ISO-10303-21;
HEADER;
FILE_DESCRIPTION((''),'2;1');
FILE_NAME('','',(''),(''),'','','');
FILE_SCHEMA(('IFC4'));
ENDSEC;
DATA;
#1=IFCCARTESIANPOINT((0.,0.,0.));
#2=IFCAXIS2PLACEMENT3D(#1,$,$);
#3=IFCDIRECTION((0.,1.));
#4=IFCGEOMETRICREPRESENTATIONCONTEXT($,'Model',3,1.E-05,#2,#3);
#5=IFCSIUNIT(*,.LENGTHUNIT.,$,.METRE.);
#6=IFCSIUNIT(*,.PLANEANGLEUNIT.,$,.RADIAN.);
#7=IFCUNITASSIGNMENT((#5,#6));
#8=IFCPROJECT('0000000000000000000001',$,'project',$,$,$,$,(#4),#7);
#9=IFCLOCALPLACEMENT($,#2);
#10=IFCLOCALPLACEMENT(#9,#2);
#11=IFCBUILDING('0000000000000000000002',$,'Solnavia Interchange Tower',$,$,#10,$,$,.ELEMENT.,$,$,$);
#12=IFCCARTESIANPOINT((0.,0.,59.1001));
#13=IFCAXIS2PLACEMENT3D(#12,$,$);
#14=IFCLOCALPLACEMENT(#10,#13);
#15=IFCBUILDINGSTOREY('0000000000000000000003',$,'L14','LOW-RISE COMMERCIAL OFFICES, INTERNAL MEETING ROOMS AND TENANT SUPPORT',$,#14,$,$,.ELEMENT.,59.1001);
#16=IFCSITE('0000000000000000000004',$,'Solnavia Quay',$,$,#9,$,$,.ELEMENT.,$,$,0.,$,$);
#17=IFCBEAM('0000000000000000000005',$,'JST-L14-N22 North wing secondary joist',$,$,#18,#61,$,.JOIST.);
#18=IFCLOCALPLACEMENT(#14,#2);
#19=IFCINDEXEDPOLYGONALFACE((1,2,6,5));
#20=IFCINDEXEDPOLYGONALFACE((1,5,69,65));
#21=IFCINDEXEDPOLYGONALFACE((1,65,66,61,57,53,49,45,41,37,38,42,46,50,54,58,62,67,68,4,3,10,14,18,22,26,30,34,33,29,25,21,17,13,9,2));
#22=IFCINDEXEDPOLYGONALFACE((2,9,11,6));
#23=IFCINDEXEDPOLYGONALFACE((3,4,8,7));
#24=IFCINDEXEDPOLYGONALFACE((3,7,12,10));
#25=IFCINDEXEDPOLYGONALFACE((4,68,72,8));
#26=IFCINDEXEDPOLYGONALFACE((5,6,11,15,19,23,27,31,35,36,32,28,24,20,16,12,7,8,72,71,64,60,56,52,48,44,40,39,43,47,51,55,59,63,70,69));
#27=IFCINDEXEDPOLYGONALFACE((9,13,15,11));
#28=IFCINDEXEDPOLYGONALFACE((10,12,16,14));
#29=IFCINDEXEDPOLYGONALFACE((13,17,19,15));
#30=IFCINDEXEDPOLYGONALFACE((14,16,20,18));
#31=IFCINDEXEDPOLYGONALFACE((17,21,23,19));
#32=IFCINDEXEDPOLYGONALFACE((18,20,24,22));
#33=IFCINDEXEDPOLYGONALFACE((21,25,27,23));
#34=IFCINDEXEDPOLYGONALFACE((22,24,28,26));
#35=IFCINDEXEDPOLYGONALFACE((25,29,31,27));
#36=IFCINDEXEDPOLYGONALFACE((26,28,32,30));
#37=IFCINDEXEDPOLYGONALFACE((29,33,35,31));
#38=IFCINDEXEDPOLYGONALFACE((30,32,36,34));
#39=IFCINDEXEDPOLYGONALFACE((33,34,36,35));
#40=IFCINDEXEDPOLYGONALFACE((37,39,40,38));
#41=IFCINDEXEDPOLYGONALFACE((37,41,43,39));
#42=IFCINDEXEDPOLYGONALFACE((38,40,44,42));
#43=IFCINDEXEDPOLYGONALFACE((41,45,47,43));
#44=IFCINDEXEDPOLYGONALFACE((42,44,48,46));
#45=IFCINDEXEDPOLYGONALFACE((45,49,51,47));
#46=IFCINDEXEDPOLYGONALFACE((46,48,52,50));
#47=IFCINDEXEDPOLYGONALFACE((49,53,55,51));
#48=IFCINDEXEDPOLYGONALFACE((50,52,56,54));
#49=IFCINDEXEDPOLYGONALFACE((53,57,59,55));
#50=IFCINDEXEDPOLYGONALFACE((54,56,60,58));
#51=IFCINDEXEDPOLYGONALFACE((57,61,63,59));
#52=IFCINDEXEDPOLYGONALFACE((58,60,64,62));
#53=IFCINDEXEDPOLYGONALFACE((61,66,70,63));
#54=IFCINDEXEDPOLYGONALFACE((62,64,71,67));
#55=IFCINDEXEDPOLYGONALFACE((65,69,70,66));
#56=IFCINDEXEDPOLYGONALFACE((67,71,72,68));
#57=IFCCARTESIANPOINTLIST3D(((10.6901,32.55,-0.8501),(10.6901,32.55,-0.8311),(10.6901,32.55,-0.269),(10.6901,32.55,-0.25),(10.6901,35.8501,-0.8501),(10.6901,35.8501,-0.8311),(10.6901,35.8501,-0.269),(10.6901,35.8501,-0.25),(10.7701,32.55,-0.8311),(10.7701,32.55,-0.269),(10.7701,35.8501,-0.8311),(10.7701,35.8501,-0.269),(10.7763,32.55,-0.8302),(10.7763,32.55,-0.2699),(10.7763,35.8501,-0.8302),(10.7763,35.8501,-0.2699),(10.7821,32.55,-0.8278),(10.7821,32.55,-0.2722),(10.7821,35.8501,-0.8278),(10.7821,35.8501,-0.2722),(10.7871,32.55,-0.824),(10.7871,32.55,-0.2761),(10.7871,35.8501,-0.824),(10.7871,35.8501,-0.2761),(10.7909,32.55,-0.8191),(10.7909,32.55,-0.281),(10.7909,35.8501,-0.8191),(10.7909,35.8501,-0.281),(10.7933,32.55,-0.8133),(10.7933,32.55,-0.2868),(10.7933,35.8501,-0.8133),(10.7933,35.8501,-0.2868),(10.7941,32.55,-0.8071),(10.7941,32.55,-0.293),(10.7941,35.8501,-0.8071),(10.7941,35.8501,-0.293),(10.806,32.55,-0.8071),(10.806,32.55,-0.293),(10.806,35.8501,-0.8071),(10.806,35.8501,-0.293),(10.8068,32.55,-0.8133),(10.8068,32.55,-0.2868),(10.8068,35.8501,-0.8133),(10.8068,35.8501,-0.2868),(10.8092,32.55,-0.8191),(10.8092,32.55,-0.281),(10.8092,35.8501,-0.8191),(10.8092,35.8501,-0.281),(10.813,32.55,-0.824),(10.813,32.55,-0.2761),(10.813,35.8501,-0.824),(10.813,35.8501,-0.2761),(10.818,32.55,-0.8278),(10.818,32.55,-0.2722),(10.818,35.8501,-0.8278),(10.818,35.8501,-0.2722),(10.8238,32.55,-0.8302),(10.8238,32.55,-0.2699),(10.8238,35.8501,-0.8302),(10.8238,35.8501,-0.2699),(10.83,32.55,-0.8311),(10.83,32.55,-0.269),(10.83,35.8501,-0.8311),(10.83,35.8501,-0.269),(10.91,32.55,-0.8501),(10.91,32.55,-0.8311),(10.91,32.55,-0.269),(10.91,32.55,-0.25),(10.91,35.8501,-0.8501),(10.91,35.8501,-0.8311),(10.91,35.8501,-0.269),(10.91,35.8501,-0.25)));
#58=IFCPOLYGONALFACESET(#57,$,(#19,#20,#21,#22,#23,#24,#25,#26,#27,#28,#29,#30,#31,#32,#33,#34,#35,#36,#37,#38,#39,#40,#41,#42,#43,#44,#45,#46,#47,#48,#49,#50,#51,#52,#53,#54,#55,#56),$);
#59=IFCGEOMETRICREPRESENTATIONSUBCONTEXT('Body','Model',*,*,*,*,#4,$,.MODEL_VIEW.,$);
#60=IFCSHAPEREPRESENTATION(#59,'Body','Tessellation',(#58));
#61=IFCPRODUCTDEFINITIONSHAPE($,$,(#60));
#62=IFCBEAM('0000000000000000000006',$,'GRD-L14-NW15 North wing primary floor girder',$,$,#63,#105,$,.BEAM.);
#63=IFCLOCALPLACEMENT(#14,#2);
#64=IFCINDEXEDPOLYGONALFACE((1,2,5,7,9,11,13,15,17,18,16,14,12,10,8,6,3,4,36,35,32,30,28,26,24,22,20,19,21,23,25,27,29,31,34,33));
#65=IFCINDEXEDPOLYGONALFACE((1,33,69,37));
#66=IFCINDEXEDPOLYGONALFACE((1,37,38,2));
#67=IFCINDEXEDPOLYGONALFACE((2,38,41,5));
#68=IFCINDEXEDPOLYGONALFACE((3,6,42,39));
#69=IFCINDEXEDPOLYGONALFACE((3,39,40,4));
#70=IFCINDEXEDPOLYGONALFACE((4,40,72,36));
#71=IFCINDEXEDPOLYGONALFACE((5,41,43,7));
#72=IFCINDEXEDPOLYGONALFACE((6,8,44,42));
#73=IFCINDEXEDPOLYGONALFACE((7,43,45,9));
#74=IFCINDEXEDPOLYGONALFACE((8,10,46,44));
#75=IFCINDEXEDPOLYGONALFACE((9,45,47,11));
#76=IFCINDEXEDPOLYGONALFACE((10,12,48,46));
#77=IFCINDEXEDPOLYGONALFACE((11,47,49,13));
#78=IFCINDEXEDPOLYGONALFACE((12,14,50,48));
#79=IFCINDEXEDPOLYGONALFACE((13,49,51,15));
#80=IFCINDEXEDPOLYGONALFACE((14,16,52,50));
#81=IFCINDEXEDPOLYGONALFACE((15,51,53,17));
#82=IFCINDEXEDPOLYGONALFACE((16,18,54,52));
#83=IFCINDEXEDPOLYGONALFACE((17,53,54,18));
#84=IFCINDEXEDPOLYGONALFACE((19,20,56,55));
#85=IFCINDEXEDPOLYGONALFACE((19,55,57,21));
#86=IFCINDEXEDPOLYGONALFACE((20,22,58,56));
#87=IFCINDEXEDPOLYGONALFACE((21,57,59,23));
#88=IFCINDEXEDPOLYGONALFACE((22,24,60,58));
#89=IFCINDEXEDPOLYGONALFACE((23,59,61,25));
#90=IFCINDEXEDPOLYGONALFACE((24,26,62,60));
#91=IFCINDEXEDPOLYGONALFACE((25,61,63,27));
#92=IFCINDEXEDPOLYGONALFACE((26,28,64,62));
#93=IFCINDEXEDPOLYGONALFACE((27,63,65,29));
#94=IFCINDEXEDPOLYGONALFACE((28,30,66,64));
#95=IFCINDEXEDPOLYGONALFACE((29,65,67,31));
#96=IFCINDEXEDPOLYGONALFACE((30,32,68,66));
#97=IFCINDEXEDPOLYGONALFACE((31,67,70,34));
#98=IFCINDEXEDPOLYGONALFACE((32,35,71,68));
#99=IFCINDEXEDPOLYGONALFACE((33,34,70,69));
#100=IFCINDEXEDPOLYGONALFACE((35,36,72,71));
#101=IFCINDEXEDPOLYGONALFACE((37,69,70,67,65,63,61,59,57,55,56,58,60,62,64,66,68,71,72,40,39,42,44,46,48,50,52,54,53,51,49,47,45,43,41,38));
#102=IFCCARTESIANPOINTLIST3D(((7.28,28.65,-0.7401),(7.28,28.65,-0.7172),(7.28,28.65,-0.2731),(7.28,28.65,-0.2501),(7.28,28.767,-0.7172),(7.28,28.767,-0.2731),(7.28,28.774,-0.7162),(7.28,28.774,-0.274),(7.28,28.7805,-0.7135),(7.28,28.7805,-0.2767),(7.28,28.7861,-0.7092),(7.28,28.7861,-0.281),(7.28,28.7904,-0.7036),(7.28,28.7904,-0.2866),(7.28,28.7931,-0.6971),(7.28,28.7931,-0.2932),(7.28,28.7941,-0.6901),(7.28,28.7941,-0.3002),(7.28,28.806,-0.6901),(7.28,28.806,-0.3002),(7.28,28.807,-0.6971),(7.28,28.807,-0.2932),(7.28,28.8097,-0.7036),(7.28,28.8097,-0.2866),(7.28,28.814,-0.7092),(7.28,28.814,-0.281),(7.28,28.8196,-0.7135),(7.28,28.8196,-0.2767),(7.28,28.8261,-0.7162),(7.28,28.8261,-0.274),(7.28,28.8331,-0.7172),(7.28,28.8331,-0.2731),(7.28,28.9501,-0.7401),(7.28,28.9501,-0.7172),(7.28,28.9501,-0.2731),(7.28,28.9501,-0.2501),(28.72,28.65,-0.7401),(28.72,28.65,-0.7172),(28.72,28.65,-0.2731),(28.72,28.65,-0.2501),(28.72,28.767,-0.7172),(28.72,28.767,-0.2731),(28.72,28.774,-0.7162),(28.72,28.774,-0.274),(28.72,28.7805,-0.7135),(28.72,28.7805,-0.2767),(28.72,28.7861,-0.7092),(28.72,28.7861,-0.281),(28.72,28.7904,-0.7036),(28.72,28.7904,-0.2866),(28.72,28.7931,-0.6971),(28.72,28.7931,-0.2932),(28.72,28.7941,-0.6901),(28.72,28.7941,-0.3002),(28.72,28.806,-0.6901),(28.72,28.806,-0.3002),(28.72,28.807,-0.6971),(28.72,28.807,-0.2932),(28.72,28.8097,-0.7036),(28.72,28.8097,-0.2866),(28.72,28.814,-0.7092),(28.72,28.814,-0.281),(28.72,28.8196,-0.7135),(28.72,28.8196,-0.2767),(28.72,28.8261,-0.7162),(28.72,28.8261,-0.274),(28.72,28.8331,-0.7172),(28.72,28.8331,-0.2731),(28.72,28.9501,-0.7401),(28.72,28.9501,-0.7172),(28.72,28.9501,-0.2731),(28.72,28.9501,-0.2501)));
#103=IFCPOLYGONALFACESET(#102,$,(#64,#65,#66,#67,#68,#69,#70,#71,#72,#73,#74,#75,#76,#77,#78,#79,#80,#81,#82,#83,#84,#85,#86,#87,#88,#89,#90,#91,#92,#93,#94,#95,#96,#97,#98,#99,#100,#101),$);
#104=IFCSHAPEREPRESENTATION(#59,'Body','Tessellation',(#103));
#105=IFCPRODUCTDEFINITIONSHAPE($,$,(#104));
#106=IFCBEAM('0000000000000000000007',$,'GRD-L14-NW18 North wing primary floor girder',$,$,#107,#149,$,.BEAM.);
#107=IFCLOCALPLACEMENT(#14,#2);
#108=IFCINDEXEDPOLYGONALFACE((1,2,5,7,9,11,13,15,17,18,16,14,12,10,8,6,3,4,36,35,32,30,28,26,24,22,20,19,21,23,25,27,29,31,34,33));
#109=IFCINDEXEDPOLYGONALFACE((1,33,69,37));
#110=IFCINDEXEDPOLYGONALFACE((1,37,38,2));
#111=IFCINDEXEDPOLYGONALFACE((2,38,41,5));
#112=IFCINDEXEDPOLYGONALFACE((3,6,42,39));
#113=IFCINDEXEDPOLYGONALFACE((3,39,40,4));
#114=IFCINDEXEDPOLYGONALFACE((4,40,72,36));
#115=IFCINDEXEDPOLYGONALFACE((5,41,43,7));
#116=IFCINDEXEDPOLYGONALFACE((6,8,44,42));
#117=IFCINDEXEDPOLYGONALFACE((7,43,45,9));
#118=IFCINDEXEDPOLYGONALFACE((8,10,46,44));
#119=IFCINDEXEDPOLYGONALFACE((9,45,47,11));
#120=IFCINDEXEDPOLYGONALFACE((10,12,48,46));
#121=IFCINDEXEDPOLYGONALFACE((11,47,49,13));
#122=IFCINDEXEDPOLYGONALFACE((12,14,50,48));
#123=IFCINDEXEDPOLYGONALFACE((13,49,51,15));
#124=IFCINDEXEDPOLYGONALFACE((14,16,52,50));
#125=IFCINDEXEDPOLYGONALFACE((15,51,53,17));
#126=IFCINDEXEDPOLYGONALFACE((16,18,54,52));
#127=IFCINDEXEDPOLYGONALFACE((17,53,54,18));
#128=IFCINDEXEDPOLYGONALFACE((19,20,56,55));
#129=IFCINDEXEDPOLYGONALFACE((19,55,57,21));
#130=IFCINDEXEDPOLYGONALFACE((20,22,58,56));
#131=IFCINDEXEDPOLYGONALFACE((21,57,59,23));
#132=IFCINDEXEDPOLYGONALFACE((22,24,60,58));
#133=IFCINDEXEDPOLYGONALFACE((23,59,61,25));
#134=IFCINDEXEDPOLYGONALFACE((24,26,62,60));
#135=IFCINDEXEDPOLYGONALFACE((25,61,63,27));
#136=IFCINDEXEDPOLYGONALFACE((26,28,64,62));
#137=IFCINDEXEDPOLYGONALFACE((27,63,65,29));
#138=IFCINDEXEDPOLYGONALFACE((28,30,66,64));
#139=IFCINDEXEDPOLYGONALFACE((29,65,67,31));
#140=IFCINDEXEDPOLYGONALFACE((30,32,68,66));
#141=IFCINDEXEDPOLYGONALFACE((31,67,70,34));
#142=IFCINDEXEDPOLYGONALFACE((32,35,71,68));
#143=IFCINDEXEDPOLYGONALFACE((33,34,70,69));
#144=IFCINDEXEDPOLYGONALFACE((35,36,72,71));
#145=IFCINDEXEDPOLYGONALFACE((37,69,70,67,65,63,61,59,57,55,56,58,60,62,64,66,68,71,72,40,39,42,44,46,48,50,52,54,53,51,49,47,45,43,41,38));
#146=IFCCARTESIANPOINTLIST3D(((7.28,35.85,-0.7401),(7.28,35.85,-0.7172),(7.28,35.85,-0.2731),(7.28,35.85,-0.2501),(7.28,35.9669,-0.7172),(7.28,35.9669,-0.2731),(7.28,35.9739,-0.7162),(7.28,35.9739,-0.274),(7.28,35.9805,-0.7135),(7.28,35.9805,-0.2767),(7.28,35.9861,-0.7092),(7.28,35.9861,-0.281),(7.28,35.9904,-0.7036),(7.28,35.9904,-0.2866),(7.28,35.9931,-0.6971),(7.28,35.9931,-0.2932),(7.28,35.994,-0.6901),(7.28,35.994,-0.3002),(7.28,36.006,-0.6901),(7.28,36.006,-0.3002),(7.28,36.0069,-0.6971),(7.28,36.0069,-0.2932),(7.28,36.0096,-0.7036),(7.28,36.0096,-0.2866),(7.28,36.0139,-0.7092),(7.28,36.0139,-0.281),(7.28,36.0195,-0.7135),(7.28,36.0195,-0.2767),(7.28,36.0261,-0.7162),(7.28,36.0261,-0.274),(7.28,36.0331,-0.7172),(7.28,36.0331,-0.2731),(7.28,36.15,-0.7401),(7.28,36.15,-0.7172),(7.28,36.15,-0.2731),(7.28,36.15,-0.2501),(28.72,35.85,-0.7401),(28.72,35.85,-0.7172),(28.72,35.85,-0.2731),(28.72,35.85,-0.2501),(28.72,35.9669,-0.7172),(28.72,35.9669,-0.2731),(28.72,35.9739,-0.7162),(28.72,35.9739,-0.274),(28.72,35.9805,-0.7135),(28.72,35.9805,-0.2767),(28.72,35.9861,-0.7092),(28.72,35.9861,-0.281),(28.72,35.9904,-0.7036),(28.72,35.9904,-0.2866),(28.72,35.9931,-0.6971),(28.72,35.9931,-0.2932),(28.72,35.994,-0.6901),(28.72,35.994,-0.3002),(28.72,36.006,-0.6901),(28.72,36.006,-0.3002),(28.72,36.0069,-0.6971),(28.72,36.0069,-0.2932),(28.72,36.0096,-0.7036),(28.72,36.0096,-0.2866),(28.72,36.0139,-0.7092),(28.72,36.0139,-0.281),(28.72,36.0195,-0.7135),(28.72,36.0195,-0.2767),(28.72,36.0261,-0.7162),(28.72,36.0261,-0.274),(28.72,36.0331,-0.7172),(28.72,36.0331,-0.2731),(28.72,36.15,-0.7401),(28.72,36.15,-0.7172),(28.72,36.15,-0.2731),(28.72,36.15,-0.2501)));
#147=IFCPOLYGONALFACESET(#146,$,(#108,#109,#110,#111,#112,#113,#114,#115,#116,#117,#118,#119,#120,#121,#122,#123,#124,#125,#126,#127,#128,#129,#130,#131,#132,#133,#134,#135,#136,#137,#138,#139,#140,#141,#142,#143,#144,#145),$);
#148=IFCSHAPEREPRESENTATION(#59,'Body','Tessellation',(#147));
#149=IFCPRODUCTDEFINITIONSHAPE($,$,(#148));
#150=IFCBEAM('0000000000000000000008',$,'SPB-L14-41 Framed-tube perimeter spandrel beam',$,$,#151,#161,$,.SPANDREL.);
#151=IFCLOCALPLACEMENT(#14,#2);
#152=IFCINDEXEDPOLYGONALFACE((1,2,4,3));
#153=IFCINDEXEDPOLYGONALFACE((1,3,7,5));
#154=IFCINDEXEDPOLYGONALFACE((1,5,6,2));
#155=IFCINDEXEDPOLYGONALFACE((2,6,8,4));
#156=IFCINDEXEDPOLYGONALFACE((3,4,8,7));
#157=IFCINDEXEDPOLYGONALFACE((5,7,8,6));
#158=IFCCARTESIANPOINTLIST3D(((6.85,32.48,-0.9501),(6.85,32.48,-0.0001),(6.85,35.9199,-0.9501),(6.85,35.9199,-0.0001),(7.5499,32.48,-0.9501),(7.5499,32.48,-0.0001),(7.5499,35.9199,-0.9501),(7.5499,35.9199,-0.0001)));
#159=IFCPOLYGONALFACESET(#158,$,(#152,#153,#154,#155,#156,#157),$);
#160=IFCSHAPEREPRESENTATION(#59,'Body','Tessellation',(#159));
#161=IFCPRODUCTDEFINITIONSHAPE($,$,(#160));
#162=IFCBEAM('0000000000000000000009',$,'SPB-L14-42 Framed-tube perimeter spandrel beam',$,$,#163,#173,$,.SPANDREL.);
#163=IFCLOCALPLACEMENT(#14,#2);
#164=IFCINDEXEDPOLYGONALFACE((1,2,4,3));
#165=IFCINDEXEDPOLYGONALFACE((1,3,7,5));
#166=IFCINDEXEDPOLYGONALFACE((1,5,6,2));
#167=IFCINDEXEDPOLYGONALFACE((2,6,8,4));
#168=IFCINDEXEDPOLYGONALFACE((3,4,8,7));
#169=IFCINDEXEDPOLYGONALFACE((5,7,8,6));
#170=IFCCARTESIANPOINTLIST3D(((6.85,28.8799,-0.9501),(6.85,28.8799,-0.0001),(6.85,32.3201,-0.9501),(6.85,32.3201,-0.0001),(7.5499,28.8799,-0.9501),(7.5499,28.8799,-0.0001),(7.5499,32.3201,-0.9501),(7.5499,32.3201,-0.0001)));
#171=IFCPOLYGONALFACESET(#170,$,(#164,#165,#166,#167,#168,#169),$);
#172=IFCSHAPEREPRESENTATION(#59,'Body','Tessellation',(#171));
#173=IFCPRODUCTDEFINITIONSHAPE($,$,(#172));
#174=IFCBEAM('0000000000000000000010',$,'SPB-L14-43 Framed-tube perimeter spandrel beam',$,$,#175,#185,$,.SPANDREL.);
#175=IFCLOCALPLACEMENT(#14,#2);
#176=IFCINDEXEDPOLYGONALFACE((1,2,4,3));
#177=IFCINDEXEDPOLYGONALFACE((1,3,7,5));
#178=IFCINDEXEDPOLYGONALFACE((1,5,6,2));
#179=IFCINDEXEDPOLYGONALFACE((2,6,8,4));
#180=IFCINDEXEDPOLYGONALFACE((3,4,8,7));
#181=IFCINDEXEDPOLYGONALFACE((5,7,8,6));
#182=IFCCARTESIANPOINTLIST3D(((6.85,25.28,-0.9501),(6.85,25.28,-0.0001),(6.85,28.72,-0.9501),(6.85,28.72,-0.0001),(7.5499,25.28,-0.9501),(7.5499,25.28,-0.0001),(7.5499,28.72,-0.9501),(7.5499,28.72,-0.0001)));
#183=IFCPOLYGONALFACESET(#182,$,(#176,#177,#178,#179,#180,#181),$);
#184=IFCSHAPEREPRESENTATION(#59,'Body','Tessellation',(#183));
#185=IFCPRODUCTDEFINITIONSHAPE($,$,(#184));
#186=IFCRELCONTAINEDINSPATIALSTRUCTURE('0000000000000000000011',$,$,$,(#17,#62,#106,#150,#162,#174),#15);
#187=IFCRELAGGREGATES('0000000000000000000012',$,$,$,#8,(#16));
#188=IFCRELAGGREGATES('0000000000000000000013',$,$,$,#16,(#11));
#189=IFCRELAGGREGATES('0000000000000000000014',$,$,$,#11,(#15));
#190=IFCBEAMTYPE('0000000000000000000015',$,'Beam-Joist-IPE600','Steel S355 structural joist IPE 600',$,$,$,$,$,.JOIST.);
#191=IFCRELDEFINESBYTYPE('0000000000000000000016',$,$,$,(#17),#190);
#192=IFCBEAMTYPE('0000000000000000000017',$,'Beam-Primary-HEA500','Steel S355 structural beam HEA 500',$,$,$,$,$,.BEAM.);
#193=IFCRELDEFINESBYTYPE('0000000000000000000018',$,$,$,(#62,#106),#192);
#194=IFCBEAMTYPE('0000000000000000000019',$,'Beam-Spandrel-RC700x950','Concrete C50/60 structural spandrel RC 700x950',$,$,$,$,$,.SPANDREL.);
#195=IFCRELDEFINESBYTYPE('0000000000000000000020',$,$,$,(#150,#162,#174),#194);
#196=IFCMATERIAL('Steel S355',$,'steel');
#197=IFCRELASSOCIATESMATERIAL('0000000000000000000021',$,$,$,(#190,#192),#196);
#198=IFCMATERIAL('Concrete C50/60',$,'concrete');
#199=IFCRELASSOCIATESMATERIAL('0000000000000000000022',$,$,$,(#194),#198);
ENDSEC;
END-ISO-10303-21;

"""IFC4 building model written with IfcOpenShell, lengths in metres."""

from ifc_helpers import new_model, si_unit, direction, frame, origin, origin_2d, place, context, subcontext, project, spatial, rectangle, i_section, extrude, material, material_profile, profile_set, type_object, element, save


model = new_model("IFC4")

# Units and contexts
model_context = context("Model", 3, precision=1e-05, world=origin(), true_north=direction((0.0, 1.0)))
body_context = subcontext(model_context, "Body", "Model", "MODEL_VIEW")
ifc_project = project(units=[si_unit("LENGTHUNIT", "METRE"), si_unit("PLANEANGLEUNIT", "RADIAN")], contexts=[model_context])

# Site, building, storey
site_placement = place(None, origin())
site = spatial("IfcSite", under=ifc_project, at=site_placement, Name="Solnavia Quay", CompositionType="ELEMENT", RefElevation=0.0)
building_placement = place(site_placement, origin())
building = spatial("IfcBuilding", under=site, at=building_placement, Name="Solnavia Interchange Tower", CompositionType="ELEMENT")
storey_placement = place(building_placement, frame((0.0, 0.0, 59.1001)))
storey = spatial("IfcBuildingStorey", under=building, at=storey_placement, Name="L14", Description="LOW-RISE COMMERCIAL OFFICES, INTERNAL MEETING ROOMS AND TENANT SUPPORT", CompositionType="ELEMENT", Elevation=59.1001)

# Beams
ifc_material_1 = material(Name="Steel S355", Category="steel")
ifc_material_profile_1 = material_profile(ifc_material_1, i_section(OverallWidth=0.22, OverallDepth=0.6001, WebThickness=0.012, FlangeThickness=0.019, FilletRadius=0.0239, at=origin_2d()), Name="IPE 600")
ifc_profile_set_1 = profile_set([ifc_material_profile_1], Name="Steel S355")
beam_type_1 = type_object("IfcBeamType", Name="Beam-Joist-IPE600", Description="Steel S355 structural joist IPE 600", PredefinedType="JOIST", material=ifc_profile_set_1)
beam_1_placement = place(storey_placement, frame((10.8, 32.55, -0.55), z_axis=(0.0, 1.0, 0.0), x_axis=(-1.0, 0.0, 0.0)))
element("IfcBeam", 1, at=beam_1_placement, inside=storey, type_object=beam_type_1, Name="JST-L14-N22 North wing secondary joist", PredefinedType="JOIST", context=body_context, shape_type="SweptSolid", body=[
    extrude(i_section(OverallWidth=0.22, OverallDepth=0.6001, WebThickness=0.012, FlangeThickness=0.019, FilletRadius=0.0239, at=origin_2d()), origin(), (0.0, 0.0, 1.0), 3.3),
])
ifc_material_profile_2 = material_profile(ifc_material_1, i_section(OverallWidth=0.3, OverallDepth=0.49, WebThickness=0.012, FlangeThickness=0.0229, FilletRadius=0.0271, at=origin_2d()), Name="HEA 500")
ifc_profile_set_2 = profile_set([ifc_material_profile_2], Name="Steel S355")
beam_type_2 = type_object("IfcBeamType", Name="Beam-Primary-HEA500", Description="Steel S355 structural beam HEA 500", PredefinedType="BEAM", material=ifc_profile_set_2)
for number, where, z_axis, x_axis, name in (
    (2, (7.28, 28.8, -0.4951), (1.0, 0.0, 0.0), (0.0, 1.0, 0.0), "GRD-L14-NW15 North wing primary floor girder"),
    (3, (7.28, 36.0, -0.4951), (1.0, 0.0, 0.0), (0.0, 1.0, 0.0), "GRD-L14-NW18 North wing primary floor girder"),
):
    element("IfcBeam", number, at=place(storey_placement, frame(where, z_axis=z_axis, x_axis=x_axis)), inside=storey, type_object=beam_type_2, Name=name, PredefinedType="BEAM", context=body_context, shape_type="SweptSolid", body=[
        extrude(i_section(OverallWidth=0.3, OverallDepth=0.49, WebThickness=0.012, FlangeThickness=0.0229, FilletRadius=0.0271, at=origin_2d()), origin(), (0.0, 0.0, 1.0), 21.4399),
    ])
ifc_material_2 = material(Name="Concrete C50/60", Category="concrete")
ifc_material_profile_3 = material_profile(ifc_material_2, rectangle(XDim=0.7, YDim=0.95, at=origin_2d()), Name="RC 700x950")
ifc_profile_set_3 = profile_set([ifc_material_profile_3], Name="Concrete C50/60")
beam_type_3 = type_object("IfcBeamType", Name="Beam-Spandrel-RC700x950", Description="Concrete C50/60 structural spandrel RC 700x950", PredefinedType="SPANDREL", material=ifc_profile_set_3)
beam_2_placement = place(storey_placement, frame((7.2, 35.9199, -0.4751), z_axis=(0.0, -1.0, 0.0), x_axis=(1.0, 0.0, 0.0)))
element("IfcBeam", 4, at=beam_2_placement, inside=storey, type_object=beam_type_3, Name="SPB-L14-41 Framed-tube perimeter spandrel beam", PredefinedType="SPANDREL", context=body_context, shape_type="SweptSolid", body=[
    extrude(rectangle(XDim=0.7, YDim=0.95, at=origin_2d()), origin(), (0.0, 0.0, 1.0), 3.4399),
])
beam_3_placement = place(storey_placement, frame((7.2, 32.3201, -0.4751), z_axis=(0.0, -1.0, 0.0), x_axis=(1.0, 0.0, 0.0)))
element("IfcBeam", 5, at=beam_3_placement, inside=storey, type_object=beam_type_3, Name="SPB-L14-42 Framed-tube perimeter spandrel beam", PredefinedType="SPANDREL", context=body_context, shape_type="SweptSolid", body=[
    extrude(rectangle(XDim=0.7, YDim=0.95, at=origin_2d()), origin(), (0.0, 0.0, 1.0), 3.4402),
])
beam_4_placement = place(storey_placement, frame((7.2, 28.72, -0.4751), z_axis=(0.0, -1.0, 0.0), x_axis=(1.0, 0.0, 0.0)))
element("IfcBeam", 6, at=beam_4_placement, inside=storey, type_object=beam_type_3, Name="SPB-L14-43 Framed-tube perimeter spandrel beam", PredefinedType="SPANDREL", context=body_context, shape_type="SweptSolid", body=[
    extrude(rectangle(XDim=0.7, YDim=0.95, at=origin_2d()), origin(), (0.0, 0.0, 1.0), 3.4399),
])

save(model, "model.ifc")
